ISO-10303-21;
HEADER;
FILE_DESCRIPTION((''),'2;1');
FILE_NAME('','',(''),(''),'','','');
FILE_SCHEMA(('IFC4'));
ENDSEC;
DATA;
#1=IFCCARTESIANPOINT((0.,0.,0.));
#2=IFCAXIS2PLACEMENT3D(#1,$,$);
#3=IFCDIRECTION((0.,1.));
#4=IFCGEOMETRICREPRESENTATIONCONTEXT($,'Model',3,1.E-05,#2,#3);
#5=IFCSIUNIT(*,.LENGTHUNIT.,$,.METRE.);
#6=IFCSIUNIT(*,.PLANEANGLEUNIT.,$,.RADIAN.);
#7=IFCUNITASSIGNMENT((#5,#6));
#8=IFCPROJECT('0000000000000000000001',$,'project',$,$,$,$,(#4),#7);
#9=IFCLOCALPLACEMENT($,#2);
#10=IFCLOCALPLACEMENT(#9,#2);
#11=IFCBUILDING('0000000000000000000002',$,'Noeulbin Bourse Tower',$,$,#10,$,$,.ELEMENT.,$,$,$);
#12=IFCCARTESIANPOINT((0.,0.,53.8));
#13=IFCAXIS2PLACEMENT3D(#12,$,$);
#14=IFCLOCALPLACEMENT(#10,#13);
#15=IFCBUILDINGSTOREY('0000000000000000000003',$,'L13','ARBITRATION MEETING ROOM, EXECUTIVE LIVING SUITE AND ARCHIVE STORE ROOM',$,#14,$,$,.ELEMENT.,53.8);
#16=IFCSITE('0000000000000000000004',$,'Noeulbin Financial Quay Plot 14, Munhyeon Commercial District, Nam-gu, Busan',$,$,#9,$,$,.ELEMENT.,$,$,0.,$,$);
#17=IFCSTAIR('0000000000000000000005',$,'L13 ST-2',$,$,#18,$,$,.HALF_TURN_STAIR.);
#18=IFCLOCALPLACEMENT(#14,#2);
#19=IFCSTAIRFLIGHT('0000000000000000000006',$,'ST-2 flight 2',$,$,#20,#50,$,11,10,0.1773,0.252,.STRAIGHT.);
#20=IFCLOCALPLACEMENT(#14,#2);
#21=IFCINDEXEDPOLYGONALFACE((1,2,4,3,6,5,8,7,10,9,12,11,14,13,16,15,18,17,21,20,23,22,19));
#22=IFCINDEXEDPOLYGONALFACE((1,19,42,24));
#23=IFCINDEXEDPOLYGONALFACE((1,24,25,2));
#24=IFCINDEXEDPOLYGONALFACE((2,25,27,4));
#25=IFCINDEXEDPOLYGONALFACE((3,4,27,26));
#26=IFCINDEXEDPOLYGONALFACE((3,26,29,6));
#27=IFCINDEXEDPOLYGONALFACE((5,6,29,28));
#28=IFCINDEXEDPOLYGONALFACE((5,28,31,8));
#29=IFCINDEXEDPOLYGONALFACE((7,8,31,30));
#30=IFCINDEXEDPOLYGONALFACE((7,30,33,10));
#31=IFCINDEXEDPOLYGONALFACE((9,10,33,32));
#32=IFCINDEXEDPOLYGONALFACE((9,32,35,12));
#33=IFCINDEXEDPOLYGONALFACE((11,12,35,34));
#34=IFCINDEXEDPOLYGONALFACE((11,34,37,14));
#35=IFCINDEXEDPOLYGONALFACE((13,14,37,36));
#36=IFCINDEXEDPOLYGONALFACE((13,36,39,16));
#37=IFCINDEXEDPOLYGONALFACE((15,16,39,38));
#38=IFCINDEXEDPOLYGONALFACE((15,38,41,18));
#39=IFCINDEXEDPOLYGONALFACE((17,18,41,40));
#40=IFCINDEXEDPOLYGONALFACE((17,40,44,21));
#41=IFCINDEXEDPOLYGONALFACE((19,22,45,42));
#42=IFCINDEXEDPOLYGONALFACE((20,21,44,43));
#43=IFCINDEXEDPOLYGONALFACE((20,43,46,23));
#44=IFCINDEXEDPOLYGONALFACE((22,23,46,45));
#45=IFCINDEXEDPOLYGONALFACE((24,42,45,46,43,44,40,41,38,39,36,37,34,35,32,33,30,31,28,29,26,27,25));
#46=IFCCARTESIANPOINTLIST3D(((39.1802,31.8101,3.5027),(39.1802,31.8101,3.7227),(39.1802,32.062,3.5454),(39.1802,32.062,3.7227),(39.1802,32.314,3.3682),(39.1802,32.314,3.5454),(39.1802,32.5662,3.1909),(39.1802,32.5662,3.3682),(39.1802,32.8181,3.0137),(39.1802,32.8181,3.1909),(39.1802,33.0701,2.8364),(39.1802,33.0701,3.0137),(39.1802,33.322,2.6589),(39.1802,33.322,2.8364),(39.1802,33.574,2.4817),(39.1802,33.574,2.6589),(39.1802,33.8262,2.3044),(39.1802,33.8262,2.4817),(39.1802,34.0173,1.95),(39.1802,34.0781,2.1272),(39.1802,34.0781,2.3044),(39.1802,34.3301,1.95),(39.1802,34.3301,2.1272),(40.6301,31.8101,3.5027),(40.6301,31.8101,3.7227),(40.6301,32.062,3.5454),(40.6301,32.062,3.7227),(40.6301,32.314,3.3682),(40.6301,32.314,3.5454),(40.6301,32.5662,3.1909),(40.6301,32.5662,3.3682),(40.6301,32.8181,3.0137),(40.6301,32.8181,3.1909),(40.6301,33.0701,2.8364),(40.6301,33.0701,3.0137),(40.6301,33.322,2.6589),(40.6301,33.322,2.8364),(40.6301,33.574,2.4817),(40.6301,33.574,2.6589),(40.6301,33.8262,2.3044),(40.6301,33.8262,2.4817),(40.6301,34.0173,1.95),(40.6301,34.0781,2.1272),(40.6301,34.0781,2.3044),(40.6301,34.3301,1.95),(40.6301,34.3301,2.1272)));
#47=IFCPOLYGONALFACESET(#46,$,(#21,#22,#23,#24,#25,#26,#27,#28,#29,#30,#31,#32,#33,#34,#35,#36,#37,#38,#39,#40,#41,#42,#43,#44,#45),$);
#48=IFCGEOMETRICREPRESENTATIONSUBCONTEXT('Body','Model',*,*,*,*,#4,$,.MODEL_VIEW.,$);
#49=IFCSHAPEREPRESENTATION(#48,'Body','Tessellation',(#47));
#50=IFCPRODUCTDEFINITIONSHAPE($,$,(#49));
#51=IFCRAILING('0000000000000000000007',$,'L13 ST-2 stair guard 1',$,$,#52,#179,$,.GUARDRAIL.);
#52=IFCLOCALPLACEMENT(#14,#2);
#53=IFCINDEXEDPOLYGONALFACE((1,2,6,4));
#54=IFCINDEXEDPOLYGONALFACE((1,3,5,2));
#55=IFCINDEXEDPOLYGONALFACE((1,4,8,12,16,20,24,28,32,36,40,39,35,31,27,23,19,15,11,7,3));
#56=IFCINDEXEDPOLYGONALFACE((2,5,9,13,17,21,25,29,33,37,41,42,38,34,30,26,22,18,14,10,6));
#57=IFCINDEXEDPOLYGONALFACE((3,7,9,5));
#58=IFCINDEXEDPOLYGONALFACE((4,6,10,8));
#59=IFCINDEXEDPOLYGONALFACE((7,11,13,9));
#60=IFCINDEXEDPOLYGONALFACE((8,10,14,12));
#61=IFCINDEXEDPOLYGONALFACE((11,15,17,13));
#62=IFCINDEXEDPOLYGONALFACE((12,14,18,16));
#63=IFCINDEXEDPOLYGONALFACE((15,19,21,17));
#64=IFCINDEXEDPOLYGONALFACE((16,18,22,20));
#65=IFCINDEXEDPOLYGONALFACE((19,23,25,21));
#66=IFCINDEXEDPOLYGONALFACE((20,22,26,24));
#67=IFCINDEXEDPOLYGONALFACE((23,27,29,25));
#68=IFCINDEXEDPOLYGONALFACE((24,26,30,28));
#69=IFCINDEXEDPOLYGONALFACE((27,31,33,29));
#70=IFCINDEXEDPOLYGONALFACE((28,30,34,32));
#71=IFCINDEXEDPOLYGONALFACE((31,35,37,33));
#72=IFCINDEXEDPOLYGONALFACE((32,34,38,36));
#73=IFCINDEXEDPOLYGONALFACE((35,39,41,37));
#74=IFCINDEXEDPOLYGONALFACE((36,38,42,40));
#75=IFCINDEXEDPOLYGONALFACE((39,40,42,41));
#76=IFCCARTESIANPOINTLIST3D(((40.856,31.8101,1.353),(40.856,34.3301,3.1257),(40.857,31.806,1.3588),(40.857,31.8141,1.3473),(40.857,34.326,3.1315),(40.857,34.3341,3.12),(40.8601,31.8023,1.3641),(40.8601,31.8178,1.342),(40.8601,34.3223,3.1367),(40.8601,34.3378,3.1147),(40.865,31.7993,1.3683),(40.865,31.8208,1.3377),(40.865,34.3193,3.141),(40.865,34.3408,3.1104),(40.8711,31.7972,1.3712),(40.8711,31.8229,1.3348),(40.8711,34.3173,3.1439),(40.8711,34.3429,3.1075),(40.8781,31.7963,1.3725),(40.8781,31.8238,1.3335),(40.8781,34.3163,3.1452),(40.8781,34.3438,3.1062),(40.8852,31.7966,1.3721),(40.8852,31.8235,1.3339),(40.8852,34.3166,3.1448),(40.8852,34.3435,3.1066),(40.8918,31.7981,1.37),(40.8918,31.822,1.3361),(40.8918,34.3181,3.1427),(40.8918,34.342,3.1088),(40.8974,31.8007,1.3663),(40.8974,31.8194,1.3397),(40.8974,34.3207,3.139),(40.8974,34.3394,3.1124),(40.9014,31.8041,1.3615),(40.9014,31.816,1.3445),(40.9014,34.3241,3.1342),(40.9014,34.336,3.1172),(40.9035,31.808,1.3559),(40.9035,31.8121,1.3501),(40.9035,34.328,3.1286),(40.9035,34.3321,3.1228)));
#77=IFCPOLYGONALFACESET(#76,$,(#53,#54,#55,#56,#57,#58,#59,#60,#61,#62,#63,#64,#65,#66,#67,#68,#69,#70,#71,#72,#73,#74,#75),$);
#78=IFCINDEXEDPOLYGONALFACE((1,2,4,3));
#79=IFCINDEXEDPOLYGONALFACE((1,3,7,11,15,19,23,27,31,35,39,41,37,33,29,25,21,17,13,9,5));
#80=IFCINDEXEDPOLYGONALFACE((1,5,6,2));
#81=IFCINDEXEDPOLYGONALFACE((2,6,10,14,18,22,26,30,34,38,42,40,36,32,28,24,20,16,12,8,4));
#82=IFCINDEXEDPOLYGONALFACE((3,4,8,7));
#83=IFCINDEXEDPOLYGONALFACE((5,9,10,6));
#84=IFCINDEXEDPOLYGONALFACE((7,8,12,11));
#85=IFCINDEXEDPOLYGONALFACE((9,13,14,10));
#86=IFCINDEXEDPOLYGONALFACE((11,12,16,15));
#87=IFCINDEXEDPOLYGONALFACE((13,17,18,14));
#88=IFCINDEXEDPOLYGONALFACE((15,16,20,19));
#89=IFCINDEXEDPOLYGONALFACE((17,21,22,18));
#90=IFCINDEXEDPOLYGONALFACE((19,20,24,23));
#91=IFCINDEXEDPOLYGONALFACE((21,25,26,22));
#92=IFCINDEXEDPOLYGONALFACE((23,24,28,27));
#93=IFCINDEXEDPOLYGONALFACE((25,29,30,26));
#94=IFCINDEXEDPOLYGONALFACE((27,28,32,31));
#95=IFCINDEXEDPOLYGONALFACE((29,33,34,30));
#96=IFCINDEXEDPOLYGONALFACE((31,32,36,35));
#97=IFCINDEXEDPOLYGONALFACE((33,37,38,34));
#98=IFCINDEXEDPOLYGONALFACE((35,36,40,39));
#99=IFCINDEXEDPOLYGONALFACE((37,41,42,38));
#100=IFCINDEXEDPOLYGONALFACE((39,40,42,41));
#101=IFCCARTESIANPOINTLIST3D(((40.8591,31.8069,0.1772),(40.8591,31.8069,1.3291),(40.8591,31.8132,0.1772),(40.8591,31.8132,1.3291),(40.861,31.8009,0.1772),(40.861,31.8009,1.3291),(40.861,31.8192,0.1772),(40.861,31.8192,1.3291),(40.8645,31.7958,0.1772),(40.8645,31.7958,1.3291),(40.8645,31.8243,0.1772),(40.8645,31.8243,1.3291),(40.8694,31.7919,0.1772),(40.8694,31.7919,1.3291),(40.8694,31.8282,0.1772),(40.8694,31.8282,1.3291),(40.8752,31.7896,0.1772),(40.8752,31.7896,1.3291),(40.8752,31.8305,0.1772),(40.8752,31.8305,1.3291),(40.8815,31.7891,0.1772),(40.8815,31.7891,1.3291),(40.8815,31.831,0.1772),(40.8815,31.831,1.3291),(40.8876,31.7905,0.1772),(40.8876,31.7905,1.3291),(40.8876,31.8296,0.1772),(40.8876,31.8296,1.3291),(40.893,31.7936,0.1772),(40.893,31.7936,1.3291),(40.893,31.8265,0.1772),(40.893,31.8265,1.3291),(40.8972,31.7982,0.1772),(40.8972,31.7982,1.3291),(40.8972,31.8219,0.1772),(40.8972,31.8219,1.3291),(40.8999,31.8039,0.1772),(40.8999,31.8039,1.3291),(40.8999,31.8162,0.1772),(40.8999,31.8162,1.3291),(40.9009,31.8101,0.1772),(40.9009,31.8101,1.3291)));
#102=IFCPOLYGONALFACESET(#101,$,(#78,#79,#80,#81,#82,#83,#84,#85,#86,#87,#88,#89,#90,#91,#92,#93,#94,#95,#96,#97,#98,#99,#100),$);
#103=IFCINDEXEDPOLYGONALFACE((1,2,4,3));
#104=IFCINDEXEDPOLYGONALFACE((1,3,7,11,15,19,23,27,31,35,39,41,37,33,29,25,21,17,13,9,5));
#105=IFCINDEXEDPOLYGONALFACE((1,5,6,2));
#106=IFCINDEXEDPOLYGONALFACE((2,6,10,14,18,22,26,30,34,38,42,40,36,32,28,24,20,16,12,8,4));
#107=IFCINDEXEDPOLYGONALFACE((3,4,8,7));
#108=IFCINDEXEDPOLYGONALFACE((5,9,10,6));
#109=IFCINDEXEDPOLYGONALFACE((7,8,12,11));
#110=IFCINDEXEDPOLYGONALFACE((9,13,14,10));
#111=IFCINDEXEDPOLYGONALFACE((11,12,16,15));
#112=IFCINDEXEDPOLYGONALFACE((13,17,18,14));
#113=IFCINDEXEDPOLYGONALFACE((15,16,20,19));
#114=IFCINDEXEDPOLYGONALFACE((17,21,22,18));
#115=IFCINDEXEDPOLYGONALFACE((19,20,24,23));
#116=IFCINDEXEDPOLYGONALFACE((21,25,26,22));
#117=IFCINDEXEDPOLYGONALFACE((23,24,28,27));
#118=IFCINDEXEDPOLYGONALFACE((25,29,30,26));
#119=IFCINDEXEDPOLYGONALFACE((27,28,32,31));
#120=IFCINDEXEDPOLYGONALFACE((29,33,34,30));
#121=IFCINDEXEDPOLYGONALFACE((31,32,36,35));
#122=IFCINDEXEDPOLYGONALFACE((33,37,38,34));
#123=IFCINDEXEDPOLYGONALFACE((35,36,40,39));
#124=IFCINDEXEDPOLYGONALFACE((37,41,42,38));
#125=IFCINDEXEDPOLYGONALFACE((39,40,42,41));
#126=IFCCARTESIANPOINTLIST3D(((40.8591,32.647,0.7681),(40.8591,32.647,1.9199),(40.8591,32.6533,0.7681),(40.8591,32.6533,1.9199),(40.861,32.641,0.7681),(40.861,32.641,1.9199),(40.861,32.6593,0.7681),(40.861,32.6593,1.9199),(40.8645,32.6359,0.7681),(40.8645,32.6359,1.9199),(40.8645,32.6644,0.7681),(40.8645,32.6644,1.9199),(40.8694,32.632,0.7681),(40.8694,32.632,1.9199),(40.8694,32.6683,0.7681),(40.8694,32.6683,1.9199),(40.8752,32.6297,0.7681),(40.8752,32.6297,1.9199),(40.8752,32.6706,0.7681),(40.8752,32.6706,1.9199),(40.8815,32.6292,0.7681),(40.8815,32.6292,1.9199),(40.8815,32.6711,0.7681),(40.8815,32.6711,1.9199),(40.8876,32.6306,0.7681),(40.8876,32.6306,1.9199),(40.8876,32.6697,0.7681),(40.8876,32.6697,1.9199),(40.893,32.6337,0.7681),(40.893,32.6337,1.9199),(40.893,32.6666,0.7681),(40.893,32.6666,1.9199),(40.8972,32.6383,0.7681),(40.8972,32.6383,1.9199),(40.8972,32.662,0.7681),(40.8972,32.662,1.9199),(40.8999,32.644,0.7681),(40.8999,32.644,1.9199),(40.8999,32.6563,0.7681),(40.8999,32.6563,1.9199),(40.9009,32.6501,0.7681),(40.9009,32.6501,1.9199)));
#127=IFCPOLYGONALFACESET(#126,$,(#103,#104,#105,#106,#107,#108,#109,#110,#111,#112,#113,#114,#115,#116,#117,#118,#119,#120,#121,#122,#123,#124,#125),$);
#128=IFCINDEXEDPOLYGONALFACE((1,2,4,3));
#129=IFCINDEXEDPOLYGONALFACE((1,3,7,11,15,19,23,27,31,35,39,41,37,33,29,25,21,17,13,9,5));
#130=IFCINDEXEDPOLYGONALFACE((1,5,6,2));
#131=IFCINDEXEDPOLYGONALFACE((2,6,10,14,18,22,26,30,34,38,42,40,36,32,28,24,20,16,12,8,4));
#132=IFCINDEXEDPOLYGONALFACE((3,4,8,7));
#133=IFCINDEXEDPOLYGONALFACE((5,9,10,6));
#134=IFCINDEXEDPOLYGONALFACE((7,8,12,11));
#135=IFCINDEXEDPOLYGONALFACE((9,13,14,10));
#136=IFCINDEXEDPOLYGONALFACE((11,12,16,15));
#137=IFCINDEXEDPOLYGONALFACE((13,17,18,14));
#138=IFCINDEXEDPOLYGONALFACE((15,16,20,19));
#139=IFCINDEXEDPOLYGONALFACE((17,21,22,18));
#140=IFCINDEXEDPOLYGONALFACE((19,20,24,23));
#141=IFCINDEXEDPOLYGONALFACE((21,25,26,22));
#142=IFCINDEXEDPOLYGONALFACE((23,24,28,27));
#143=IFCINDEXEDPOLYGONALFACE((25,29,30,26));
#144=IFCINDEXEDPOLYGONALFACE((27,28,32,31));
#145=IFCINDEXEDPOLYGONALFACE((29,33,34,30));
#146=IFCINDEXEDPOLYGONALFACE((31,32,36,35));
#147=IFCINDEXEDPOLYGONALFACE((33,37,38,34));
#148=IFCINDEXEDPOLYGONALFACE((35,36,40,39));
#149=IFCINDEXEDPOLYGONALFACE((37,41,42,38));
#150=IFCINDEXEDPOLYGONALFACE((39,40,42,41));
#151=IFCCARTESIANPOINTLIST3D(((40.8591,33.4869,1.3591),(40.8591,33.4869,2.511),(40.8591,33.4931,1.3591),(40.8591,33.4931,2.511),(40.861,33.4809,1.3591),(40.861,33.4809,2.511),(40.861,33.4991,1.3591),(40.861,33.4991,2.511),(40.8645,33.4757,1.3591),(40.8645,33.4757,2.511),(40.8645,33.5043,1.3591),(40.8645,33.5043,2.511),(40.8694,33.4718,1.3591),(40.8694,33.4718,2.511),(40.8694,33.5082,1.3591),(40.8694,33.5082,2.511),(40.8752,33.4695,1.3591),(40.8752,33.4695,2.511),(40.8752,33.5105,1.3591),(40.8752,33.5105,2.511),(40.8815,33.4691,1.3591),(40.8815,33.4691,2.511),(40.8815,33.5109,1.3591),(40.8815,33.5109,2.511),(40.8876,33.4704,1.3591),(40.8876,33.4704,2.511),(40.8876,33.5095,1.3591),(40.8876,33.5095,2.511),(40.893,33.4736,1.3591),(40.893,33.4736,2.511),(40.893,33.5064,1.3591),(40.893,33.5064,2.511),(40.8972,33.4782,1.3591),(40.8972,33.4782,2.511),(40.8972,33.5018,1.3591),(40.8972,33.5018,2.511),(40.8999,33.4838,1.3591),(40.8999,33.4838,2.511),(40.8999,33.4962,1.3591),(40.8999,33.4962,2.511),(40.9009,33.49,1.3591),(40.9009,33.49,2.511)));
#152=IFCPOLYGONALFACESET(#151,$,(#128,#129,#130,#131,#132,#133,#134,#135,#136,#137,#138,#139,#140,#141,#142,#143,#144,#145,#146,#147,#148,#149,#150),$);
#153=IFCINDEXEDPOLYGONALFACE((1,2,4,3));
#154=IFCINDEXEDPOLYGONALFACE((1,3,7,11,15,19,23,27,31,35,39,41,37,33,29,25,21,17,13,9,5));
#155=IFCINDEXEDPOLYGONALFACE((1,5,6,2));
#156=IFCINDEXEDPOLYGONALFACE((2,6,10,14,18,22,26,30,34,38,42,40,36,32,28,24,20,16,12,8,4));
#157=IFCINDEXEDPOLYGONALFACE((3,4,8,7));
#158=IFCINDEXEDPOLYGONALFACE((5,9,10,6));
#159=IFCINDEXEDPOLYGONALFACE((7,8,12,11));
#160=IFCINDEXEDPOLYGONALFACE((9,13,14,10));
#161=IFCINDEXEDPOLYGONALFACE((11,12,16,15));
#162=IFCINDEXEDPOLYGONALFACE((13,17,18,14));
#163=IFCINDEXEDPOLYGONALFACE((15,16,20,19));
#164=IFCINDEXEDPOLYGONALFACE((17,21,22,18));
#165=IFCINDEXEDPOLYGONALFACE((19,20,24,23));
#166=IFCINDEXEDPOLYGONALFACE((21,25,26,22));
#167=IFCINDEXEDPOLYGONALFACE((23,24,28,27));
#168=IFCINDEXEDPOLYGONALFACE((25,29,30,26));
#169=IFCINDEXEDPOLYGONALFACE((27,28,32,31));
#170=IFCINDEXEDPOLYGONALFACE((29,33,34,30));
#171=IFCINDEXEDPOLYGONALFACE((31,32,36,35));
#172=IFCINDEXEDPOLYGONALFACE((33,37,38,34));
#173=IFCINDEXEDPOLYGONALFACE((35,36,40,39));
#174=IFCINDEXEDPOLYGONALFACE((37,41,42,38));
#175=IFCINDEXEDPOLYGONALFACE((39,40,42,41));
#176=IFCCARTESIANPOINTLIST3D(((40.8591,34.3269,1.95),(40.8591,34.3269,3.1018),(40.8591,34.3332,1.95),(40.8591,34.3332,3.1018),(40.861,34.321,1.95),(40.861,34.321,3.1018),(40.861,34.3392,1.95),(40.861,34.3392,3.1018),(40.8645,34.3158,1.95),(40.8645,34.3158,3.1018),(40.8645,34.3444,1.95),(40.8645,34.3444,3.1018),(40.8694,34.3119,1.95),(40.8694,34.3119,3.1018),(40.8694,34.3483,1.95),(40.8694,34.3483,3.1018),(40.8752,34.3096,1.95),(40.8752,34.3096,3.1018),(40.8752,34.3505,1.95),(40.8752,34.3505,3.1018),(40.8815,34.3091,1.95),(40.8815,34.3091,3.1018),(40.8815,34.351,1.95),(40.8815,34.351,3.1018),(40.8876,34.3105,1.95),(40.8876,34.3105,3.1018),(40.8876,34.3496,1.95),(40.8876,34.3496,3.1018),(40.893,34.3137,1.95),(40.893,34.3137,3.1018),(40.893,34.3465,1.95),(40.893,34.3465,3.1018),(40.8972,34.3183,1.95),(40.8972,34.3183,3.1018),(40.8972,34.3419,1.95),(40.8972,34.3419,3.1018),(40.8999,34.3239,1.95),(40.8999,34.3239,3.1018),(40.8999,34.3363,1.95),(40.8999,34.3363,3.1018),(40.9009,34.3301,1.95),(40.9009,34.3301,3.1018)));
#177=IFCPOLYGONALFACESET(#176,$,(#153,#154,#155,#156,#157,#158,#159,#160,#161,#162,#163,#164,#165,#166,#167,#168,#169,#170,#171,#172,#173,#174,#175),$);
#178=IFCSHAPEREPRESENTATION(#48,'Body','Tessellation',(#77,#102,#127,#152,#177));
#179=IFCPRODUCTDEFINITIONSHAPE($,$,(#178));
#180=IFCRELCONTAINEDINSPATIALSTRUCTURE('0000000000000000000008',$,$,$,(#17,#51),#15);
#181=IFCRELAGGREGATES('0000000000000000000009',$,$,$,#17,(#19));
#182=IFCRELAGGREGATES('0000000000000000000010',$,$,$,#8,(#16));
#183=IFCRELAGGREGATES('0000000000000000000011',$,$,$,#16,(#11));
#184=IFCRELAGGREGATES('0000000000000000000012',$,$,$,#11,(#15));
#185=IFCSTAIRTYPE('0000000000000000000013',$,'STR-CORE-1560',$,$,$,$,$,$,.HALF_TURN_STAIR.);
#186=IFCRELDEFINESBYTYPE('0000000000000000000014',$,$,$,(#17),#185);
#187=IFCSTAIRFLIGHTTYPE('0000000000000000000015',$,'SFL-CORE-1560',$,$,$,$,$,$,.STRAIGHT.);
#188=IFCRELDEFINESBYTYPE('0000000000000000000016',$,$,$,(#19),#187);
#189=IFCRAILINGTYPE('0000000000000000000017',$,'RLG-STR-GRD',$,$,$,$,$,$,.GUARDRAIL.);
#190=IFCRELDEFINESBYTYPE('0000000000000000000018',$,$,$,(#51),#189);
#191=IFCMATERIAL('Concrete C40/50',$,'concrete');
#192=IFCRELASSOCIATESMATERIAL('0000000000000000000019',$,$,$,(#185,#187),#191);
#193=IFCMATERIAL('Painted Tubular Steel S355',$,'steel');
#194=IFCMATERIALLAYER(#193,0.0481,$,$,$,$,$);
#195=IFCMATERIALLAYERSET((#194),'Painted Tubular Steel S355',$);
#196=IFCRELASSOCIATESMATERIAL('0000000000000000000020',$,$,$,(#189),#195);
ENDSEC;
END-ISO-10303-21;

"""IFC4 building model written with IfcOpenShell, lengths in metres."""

from ifc_helpers import new_model, si_unit, direction, frame, origin, origin_2d, place, context, subcontext, project, spatial, polyline, circle, outline, extrude, material, layer, layer_set, type_object, element, aggregate, save


model = new_model("IFC4")

# Units and contexts
model_context = context("Model", 3, precision=1e-05, world=origin(), true_north=direction((0.0, 1.0)))
body_context = subcontext(model_context, "Body", "Model", "MODEL_VIEW")
ifc_project = project(units=[si_unit("LENGTHUNIT", "METRE"), si_unit("PLANEANGLEUNIT", "RADIAN")], contexts=[model_context])

# Site, building, storey
site_placement = place(None, origin())
site = spatial("IfcSite", under=ifc_project, at=site_placement, Name="Noeulbin Financial Quay Plot 14, Munhyeon Commercial District, Nam-gu, Busan", CompositionType="ELEMENT", RefElevation=0.0)
building_placement = place(site_placement, origin())
building = spatial("IfcBuilding", under=site, at=building_placement, Name="Noeulbin Bourse Tower", CompositionType="ELEMENT")
storey_placement = place(building_placement, frame((0.0, 0.0, 53.8)))
storey = spatial("IfcBuildingStorey", under=building, at=storey_placement, Name="L13", Description="ARBITRATION MEETING ROOM, EXECUTIVE LIVING SUITE AND ARCHIVE STORE ROOM", CompositionType="ELEMENT", Elevation=53.8)

# Shared definitions
ifc_material_1 = material(Name="Concrete C40/50", Category="concrete")

# Stair, stair flight
stair_type = type_object("IfcStairType", Name="STR-CORE-1560", PredefinedType="HALF_TURN_STAIR", material=ifc_material_1)
stair_placement = place(storey_placement, origin())
stair = element("IfcStair", 1, at=stair_placement, inside=storey, type_object=stair_type, Name="L13 ST-2", PredefinedType="HALF_TURN_STAIR")
stair_flight_type = type_object("IfcStairFlightType", Name="SFL-CORE-1560", PredefinedType="STRAIGHT", material=ifc_material_1)
stair_flight_placement = place(storey_placement, frame((39.905, 34.3301, 1.95), z_axis=(0.0, 0.0, 1.0), x_axis=(0.0, -1.0, 0.0)))
stair_flight = element("IfcStairFlight", 2, at=stair_flight_placement, type_object=stair_flight_type, Name="ST-2 flight 2", NumberOfRisers=11, NumberOfTreads=10, PredefinedType="STRAIGHT", RiserHeight=0.1773, TreadLength=0.252, context=body_context, shape_type="SweptSolid", body=[
    extrude(outline(polyline([(0.0, 0.0), (0.0, 0.1772), (0.252, 0.1772), (0.252, 0.3545), (0.5039, 0.3545), (0.5039, 0.5317), (0.7561, 0.5317), (0.7561, 0.709), (1.0081, 0.709), (1.0081, 0.8865), (1.26, 0.8865), (1.26, 1.0637), (1.512, 1.0637), (1.512, 1.241), (1.7639, 1.241), (1.7639, 1.4182), (2.0161, 1.4182), (2.0161, 1.5955), (2.2681, 1.5955), (2.2681, 1.7727), (2.52, 1.7727), (2.52, 1.95), (2.52, 1.5527), (0.3127, 0.0), (0.0, 0.0)])), frame((0.0, 0.7251, 0.0), z_axis=(0.0, -1.0, 0.0), x_axis=(1.0, 0.0, 0.0)), (0.0, 0.0, 1.0), 1.45),
])
aggregate(stair, [stair_flight])

# Railing
ifc_material_2 = material(Name="Painted Tubular Steel S355", Category="steel")
ifc_layer_1 = layer(ifc_material_2, 0.0481)
ifc_layer_set_1 = layer_set([ifc_layer_1], Name="Painted Tubular Steel S355")
railing_type_1 = type_object("IfcRailingType", Name="RLG-STR-GRD", PredefinedType="GUARDRAIL", material=ifc_layer_set_1)
railing_1_placement = place(storey_placement, frame((40.8799, 31.8101, 0.1772)))
element("IfcRailing", 3, at=railing_1_placement, inside=storey, type_object=railing_type_1, Name="L13 ST-2 stair guard 1", PredefinedType="GUARDRAIL", context=body_context, shape_type="SweptSolid", body=[
    extrude(circle(Radius=0.0239, at=origin_2d()), frame((0.0, 0.0, 1.1758), z_axis=(0.0, 0.817904, 0.575354), x_axis=(-1.0, 0.0, 0.0)), (0.0, 0.0, 1.0), 3.0811),
    extrude(circle(Radius=0.021, at=origin_2d()), origin(), (0.0, 0.0, 1.0), 1.1519),
    extrude(circle(Radius=0.021, at=origin_2d()), frame((0.0, 0.8401, 0.5908)), (0.0, 0.0, 1.0), 1.1519),
    extrude(circle(Radius=0.021, at=origin_2d()), frame((0.0, 1.6799, 1.1819)), (0.0, 0.0, 1.0), 1.1519),
    extrude(circle(Radius=0.021, at=origin_2d()), frame((0.0, 2.52, 1.7727)), (0.0, 0.0, 1.0), 1.1519),
])

save(model, "model.ifc")
